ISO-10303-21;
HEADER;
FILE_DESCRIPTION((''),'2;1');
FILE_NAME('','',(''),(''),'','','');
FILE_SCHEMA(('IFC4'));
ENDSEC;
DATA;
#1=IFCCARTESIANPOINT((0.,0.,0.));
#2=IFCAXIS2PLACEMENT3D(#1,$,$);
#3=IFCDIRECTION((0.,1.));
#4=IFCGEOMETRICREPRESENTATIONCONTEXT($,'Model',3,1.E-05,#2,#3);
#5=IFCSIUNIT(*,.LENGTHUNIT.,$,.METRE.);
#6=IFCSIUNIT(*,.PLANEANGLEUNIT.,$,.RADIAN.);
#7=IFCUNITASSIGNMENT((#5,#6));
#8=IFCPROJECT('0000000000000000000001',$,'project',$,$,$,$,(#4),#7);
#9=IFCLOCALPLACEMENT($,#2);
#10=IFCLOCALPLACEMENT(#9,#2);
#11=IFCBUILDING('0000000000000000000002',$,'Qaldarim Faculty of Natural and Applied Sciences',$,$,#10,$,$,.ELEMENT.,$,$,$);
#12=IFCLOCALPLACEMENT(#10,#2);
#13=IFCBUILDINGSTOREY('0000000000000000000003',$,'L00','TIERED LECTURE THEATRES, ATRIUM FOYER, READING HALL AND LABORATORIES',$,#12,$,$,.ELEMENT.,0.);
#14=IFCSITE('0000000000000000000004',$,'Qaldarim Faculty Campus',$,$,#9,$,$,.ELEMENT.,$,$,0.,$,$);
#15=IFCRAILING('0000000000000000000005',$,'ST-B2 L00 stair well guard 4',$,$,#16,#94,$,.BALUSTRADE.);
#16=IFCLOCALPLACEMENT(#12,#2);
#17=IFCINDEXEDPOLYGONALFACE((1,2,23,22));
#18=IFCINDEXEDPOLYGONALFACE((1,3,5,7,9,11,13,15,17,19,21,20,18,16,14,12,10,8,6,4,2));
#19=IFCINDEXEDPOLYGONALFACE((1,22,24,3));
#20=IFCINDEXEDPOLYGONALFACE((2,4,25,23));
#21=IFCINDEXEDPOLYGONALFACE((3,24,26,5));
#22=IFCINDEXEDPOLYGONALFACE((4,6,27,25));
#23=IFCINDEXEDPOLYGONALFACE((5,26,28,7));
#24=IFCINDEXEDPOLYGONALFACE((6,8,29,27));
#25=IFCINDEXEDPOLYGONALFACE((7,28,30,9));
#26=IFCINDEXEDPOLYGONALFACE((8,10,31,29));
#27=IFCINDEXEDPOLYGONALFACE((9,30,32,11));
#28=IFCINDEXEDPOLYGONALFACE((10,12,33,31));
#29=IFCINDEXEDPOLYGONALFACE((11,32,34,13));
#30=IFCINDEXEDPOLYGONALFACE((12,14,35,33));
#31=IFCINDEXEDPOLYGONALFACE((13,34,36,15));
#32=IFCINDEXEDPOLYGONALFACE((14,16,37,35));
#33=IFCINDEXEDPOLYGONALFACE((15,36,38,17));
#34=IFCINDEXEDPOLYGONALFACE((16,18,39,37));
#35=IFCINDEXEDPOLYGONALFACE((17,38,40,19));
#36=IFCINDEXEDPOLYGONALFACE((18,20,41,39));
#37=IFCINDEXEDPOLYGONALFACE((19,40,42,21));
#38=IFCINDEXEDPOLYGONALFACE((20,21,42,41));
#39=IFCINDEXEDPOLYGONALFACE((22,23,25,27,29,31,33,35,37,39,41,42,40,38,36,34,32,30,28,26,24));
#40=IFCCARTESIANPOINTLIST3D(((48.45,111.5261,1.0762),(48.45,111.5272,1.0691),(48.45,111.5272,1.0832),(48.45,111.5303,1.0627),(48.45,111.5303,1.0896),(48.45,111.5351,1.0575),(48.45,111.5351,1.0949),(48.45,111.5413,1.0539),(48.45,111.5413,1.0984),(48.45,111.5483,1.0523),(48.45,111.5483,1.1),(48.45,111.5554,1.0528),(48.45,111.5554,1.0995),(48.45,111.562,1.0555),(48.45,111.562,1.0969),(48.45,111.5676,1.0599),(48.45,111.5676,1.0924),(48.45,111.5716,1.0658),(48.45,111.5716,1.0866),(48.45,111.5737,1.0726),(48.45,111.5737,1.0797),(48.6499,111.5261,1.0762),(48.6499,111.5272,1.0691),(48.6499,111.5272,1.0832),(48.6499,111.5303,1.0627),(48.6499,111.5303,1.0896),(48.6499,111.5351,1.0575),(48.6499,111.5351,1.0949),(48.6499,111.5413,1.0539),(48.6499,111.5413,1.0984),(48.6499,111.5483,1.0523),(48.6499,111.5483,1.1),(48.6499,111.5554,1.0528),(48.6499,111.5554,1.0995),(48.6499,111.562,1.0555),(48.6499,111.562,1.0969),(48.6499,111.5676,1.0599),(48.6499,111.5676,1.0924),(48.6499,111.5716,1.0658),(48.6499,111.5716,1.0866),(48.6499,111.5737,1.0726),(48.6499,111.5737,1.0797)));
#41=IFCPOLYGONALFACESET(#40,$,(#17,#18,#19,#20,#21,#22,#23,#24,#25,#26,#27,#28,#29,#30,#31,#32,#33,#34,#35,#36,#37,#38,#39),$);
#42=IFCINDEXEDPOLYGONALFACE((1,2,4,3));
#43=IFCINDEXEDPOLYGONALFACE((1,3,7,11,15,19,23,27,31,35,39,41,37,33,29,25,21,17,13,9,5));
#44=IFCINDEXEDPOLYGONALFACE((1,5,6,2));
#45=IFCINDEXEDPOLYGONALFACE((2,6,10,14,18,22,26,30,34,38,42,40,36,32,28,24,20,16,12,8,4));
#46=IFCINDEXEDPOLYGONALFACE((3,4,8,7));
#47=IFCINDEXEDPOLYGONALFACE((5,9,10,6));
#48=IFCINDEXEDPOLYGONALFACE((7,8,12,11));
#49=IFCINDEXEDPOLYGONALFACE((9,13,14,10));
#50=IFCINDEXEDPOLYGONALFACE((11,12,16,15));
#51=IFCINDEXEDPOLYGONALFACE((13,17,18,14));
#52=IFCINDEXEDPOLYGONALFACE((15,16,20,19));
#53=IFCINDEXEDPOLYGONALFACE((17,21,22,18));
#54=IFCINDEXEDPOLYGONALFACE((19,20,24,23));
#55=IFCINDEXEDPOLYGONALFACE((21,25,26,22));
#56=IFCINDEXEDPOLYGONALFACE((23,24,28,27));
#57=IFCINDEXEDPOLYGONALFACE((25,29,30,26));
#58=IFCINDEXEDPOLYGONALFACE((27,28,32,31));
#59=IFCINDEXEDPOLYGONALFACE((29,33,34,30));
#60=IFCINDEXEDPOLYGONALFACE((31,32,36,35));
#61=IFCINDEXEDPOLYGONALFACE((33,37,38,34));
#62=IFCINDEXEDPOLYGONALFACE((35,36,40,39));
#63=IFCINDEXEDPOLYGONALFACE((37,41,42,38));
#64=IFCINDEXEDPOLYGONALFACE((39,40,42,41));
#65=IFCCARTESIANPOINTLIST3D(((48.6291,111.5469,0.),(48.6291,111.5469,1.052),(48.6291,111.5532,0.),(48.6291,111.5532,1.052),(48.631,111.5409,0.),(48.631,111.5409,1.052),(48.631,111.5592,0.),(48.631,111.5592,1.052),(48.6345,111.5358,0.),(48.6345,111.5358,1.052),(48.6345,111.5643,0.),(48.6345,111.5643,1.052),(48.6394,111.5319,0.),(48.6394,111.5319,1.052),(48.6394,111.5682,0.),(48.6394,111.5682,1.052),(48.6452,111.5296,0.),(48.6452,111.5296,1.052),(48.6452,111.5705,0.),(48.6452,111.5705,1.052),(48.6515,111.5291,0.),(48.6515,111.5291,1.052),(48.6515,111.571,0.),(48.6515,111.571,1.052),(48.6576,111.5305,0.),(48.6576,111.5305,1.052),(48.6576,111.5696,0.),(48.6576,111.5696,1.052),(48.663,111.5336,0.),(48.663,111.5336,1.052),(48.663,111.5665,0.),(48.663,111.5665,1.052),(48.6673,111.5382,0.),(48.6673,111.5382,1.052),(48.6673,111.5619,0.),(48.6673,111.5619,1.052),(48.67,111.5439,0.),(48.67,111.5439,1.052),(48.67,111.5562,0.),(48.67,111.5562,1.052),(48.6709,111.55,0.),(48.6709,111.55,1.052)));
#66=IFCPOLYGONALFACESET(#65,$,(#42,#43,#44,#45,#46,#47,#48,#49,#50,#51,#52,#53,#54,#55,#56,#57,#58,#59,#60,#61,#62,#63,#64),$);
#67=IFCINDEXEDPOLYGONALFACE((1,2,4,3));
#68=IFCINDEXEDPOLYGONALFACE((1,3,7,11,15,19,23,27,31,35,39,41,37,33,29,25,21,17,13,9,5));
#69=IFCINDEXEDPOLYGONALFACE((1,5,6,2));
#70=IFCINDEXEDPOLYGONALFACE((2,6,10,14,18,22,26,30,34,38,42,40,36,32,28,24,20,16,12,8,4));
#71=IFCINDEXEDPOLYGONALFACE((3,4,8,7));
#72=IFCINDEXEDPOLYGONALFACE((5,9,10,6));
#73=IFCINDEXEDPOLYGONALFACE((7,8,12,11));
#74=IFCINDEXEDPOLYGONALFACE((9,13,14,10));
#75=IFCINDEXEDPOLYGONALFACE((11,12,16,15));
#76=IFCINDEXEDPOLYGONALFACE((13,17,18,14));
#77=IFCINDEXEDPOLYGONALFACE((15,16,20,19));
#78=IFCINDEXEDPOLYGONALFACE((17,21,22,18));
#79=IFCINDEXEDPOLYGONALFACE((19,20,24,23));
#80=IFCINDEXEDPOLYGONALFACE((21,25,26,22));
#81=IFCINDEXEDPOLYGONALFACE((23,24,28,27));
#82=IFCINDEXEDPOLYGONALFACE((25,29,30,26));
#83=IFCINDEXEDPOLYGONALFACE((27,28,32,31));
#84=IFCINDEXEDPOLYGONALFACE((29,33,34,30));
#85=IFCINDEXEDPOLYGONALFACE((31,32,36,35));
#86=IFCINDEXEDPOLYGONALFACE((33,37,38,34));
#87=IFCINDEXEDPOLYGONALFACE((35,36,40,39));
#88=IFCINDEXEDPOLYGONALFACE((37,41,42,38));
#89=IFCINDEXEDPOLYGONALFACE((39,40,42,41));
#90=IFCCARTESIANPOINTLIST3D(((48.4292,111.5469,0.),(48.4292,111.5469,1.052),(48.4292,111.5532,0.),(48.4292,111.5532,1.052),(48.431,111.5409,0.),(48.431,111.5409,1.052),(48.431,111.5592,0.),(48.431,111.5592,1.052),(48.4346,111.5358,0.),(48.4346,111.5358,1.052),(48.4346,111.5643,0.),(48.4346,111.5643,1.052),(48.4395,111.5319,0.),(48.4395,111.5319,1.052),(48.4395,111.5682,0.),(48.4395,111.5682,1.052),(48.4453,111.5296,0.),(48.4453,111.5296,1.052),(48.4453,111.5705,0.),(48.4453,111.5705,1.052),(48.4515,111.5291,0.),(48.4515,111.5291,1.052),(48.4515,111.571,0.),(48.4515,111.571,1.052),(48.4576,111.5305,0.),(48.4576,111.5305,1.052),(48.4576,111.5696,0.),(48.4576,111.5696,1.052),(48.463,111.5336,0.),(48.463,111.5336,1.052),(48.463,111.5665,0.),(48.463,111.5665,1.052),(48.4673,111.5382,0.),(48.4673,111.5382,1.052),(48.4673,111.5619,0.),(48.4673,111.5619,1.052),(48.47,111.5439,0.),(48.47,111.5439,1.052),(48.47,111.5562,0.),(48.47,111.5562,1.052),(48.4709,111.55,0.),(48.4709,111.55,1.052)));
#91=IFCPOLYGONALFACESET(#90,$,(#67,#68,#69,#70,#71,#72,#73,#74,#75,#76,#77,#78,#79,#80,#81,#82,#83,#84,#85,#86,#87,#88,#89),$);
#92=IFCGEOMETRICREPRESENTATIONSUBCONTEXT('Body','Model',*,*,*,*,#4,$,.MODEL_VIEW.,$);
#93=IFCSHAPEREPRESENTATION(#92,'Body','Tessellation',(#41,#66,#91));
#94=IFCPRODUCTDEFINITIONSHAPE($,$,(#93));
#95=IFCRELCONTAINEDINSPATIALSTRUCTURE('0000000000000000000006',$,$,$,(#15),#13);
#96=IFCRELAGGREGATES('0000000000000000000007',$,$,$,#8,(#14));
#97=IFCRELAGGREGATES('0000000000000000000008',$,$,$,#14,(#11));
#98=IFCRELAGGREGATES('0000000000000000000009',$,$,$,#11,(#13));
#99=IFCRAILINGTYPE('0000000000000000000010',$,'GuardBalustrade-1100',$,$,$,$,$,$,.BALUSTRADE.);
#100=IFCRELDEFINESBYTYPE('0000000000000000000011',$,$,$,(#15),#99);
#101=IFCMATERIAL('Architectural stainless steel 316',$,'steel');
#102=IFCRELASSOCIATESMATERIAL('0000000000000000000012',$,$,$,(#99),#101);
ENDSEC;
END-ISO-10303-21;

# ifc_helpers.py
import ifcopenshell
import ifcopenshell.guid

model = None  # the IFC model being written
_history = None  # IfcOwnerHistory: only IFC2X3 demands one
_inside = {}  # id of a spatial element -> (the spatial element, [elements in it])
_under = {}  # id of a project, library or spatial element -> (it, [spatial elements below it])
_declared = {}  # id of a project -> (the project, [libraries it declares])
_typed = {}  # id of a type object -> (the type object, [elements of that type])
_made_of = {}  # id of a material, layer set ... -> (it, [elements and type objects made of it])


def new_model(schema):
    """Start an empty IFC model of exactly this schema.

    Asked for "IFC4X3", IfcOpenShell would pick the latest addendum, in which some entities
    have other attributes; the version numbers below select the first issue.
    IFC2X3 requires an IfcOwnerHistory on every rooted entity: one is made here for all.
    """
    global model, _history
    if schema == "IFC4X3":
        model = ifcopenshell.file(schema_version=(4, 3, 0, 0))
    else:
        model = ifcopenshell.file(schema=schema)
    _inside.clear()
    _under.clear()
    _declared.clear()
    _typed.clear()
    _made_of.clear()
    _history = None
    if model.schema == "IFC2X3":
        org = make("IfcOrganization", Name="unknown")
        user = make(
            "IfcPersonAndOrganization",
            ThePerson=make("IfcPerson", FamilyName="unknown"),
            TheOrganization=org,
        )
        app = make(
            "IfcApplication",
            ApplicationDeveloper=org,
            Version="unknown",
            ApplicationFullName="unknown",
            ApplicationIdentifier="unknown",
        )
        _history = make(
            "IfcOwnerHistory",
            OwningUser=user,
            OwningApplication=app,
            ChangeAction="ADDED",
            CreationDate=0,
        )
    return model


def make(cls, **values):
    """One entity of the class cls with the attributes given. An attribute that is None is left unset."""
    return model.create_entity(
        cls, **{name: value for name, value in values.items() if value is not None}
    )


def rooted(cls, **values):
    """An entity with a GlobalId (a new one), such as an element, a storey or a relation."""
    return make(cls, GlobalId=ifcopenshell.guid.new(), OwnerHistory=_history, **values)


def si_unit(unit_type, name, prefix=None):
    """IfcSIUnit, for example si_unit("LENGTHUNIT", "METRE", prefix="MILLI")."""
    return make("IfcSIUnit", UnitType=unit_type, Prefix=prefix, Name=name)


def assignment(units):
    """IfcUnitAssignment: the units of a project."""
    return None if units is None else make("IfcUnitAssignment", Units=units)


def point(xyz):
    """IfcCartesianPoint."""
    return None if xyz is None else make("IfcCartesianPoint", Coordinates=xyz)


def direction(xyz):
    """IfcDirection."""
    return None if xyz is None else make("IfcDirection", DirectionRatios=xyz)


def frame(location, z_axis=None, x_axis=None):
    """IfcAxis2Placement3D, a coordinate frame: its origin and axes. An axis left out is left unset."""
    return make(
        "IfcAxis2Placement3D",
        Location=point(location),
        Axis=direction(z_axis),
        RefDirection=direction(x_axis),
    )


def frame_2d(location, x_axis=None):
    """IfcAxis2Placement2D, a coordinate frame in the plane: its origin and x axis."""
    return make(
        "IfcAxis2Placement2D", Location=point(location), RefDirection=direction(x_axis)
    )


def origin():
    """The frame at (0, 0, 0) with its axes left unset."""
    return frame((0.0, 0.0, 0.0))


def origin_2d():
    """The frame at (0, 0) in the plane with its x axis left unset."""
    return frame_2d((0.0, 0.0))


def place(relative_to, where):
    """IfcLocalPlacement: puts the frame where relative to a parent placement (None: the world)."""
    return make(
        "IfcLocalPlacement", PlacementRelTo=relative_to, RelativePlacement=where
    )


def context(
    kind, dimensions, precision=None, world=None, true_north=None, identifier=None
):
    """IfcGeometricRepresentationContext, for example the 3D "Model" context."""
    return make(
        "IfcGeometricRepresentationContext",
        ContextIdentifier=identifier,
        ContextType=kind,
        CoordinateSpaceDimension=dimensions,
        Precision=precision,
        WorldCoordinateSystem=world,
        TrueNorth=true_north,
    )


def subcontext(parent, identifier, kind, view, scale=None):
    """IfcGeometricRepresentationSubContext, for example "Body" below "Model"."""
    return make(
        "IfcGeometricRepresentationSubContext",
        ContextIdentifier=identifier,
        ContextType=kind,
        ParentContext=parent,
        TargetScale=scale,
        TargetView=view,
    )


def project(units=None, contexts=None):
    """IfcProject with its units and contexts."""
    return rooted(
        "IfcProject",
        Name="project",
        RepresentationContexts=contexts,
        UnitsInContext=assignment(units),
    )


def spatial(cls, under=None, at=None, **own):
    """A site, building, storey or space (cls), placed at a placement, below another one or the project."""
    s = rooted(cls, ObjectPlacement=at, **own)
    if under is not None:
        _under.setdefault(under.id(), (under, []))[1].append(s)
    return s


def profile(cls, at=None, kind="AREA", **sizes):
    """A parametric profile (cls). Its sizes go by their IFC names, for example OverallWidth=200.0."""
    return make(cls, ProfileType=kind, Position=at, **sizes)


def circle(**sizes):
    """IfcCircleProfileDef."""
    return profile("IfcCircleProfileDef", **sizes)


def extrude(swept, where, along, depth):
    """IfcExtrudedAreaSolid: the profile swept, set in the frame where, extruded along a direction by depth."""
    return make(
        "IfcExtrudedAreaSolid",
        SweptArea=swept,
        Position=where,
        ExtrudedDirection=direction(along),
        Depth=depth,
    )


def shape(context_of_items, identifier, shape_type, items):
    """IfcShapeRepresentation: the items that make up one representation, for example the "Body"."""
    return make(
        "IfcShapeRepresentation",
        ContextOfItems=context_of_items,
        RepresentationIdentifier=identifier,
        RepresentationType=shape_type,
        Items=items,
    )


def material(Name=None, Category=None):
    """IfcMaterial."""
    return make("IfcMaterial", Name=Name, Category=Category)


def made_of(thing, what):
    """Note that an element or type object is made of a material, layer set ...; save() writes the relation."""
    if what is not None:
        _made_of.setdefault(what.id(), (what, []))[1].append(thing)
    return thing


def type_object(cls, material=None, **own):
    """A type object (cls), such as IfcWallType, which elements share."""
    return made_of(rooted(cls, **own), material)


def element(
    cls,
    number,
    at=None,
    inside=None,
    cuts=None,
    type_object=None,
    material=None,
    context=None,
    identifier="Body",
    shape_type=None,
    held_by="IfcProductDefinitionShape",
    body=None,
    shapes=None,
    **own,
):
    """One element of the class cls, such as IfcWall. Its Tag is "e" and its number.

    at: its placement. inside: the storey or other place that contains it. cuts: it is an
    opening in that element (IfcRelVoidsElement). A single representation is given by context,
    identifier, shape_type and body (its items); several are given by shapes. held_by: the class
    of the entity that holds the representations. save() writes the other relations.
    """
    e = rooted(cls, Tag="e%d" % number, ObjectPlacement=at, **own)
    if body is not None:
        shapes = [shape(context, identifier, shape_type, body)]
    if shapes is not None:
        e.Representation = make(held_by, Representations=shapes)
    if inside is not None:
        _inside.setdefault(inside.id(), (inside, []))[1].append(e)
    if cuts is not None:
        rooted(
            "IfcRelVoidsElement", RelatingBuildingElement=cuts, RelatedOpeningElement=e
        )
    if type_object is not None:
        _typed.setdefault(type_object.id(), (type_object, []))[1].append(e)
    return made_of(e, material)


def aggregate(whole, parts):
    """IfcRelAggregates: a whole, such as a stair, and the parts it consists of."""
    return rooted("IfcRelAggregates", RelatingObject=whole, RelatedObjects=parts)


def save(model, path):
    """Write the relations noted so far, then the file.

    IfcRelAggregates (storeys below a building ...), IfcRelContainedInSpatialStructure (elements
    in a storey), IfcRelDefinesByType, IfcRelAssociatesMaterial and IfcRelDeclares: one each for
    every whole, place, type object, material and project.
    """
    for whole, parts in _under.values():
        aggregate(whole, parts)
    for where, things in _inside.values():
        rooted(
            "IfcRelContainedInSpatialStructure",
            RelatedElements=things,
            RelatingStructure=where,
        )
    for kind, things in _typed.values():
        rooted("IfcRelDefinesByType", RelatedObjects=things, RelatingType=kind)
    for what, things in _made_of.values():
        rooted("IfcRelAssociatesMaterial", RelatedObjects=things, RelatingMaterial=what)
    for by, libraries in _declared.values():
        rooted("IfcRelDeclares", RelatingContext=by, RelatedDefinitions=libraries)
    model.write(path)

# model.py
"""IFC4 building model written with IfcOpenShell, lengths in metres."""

from ifc_helpers import new_model, si_unit, direction, frame, origin, origin_2d, place, context, subcontext, project, spatial, circle, extrude, material, type_object, element, save


model = new_model("IFC4")

# Units and contexts
model_context = context("Model", 3, precision=1e-05, world=origin(), true_north=direction((0.0, 1.0)))
body_context = subcontext(model_context, "Body", "Model", "MODEL_VIEW")
ifc_project = project(units=[si_unit("LENGTHUNIT", "METRE"), si_unit("PLANEANGLEUNIT", "RADIAN")], contexts=[model_context])

# Site, building, storey
site_placement = place(None, origin())
site = spatial("IfcSite", under=ifc_project, at=site_placement, Name="Qaldarim Faculty Campus", CompositionType="ELEMENT", RefElevation=0.0)
building_placement = place(site_placement, origin())
building = spatial("IfcBuilding", under=site, at=building_placement, Name="Qaldarim Faculty of Natural and Applied Sciences", CompositionType="ELEMENT")
storey_placement = place(building_placement, origin())
storey = spatial("IfcBuildingStorey", under=building, at=storey_placement, Name="L00", Description="TIERED LECTURE THEATRES, ATRIUM FOYER, READING HALL AND LABORATORIES", CompositionType="ELEMENT", Elevation=0.0)

# Shared definitions
ifc_material_1 = material(Name="Architectural stainless steel 316", Category="steel")

# Railing
railing_type_1 = type_object("IfcRailingType", Name="GuardBalustrade-1100", PredefinedType="BALUSTRADE", material=ifc_material_1)
railing_1_placement = place(storey_placement, frame((48.6499, 111.55, 0.0)))
element("IfcRailing", 1, at=railing_1_placement, inside=storey, type_object=railing_type_1, Name="ST-B2 L00 stair well guard 4", PredefinedType="BALUSTRADE", context=body_context, shape_type="SweptSolid", body=[
    extrude(circle(Radius=0.0239, at=origin_2d()), frame((0.0, 0.0, 1.0762), z_axis=(-1.0, 0.0, 0.0), x_axis=(0.0, -1.0, 0.0)), (0.0, 0.0, 1.0), 0.2),
    extrude(circle(Radius=0.021, at=origin_2d()), origin(), (0.0, 0.0, 1.0), 1.052),
    extrude(circle(Radius=0.021, at=origin_2d()), frame((-0.2, 0.0, 0.0)), (0.0, 0.0, 1.0), 1.052),
])

save(model, "model.ifc")
